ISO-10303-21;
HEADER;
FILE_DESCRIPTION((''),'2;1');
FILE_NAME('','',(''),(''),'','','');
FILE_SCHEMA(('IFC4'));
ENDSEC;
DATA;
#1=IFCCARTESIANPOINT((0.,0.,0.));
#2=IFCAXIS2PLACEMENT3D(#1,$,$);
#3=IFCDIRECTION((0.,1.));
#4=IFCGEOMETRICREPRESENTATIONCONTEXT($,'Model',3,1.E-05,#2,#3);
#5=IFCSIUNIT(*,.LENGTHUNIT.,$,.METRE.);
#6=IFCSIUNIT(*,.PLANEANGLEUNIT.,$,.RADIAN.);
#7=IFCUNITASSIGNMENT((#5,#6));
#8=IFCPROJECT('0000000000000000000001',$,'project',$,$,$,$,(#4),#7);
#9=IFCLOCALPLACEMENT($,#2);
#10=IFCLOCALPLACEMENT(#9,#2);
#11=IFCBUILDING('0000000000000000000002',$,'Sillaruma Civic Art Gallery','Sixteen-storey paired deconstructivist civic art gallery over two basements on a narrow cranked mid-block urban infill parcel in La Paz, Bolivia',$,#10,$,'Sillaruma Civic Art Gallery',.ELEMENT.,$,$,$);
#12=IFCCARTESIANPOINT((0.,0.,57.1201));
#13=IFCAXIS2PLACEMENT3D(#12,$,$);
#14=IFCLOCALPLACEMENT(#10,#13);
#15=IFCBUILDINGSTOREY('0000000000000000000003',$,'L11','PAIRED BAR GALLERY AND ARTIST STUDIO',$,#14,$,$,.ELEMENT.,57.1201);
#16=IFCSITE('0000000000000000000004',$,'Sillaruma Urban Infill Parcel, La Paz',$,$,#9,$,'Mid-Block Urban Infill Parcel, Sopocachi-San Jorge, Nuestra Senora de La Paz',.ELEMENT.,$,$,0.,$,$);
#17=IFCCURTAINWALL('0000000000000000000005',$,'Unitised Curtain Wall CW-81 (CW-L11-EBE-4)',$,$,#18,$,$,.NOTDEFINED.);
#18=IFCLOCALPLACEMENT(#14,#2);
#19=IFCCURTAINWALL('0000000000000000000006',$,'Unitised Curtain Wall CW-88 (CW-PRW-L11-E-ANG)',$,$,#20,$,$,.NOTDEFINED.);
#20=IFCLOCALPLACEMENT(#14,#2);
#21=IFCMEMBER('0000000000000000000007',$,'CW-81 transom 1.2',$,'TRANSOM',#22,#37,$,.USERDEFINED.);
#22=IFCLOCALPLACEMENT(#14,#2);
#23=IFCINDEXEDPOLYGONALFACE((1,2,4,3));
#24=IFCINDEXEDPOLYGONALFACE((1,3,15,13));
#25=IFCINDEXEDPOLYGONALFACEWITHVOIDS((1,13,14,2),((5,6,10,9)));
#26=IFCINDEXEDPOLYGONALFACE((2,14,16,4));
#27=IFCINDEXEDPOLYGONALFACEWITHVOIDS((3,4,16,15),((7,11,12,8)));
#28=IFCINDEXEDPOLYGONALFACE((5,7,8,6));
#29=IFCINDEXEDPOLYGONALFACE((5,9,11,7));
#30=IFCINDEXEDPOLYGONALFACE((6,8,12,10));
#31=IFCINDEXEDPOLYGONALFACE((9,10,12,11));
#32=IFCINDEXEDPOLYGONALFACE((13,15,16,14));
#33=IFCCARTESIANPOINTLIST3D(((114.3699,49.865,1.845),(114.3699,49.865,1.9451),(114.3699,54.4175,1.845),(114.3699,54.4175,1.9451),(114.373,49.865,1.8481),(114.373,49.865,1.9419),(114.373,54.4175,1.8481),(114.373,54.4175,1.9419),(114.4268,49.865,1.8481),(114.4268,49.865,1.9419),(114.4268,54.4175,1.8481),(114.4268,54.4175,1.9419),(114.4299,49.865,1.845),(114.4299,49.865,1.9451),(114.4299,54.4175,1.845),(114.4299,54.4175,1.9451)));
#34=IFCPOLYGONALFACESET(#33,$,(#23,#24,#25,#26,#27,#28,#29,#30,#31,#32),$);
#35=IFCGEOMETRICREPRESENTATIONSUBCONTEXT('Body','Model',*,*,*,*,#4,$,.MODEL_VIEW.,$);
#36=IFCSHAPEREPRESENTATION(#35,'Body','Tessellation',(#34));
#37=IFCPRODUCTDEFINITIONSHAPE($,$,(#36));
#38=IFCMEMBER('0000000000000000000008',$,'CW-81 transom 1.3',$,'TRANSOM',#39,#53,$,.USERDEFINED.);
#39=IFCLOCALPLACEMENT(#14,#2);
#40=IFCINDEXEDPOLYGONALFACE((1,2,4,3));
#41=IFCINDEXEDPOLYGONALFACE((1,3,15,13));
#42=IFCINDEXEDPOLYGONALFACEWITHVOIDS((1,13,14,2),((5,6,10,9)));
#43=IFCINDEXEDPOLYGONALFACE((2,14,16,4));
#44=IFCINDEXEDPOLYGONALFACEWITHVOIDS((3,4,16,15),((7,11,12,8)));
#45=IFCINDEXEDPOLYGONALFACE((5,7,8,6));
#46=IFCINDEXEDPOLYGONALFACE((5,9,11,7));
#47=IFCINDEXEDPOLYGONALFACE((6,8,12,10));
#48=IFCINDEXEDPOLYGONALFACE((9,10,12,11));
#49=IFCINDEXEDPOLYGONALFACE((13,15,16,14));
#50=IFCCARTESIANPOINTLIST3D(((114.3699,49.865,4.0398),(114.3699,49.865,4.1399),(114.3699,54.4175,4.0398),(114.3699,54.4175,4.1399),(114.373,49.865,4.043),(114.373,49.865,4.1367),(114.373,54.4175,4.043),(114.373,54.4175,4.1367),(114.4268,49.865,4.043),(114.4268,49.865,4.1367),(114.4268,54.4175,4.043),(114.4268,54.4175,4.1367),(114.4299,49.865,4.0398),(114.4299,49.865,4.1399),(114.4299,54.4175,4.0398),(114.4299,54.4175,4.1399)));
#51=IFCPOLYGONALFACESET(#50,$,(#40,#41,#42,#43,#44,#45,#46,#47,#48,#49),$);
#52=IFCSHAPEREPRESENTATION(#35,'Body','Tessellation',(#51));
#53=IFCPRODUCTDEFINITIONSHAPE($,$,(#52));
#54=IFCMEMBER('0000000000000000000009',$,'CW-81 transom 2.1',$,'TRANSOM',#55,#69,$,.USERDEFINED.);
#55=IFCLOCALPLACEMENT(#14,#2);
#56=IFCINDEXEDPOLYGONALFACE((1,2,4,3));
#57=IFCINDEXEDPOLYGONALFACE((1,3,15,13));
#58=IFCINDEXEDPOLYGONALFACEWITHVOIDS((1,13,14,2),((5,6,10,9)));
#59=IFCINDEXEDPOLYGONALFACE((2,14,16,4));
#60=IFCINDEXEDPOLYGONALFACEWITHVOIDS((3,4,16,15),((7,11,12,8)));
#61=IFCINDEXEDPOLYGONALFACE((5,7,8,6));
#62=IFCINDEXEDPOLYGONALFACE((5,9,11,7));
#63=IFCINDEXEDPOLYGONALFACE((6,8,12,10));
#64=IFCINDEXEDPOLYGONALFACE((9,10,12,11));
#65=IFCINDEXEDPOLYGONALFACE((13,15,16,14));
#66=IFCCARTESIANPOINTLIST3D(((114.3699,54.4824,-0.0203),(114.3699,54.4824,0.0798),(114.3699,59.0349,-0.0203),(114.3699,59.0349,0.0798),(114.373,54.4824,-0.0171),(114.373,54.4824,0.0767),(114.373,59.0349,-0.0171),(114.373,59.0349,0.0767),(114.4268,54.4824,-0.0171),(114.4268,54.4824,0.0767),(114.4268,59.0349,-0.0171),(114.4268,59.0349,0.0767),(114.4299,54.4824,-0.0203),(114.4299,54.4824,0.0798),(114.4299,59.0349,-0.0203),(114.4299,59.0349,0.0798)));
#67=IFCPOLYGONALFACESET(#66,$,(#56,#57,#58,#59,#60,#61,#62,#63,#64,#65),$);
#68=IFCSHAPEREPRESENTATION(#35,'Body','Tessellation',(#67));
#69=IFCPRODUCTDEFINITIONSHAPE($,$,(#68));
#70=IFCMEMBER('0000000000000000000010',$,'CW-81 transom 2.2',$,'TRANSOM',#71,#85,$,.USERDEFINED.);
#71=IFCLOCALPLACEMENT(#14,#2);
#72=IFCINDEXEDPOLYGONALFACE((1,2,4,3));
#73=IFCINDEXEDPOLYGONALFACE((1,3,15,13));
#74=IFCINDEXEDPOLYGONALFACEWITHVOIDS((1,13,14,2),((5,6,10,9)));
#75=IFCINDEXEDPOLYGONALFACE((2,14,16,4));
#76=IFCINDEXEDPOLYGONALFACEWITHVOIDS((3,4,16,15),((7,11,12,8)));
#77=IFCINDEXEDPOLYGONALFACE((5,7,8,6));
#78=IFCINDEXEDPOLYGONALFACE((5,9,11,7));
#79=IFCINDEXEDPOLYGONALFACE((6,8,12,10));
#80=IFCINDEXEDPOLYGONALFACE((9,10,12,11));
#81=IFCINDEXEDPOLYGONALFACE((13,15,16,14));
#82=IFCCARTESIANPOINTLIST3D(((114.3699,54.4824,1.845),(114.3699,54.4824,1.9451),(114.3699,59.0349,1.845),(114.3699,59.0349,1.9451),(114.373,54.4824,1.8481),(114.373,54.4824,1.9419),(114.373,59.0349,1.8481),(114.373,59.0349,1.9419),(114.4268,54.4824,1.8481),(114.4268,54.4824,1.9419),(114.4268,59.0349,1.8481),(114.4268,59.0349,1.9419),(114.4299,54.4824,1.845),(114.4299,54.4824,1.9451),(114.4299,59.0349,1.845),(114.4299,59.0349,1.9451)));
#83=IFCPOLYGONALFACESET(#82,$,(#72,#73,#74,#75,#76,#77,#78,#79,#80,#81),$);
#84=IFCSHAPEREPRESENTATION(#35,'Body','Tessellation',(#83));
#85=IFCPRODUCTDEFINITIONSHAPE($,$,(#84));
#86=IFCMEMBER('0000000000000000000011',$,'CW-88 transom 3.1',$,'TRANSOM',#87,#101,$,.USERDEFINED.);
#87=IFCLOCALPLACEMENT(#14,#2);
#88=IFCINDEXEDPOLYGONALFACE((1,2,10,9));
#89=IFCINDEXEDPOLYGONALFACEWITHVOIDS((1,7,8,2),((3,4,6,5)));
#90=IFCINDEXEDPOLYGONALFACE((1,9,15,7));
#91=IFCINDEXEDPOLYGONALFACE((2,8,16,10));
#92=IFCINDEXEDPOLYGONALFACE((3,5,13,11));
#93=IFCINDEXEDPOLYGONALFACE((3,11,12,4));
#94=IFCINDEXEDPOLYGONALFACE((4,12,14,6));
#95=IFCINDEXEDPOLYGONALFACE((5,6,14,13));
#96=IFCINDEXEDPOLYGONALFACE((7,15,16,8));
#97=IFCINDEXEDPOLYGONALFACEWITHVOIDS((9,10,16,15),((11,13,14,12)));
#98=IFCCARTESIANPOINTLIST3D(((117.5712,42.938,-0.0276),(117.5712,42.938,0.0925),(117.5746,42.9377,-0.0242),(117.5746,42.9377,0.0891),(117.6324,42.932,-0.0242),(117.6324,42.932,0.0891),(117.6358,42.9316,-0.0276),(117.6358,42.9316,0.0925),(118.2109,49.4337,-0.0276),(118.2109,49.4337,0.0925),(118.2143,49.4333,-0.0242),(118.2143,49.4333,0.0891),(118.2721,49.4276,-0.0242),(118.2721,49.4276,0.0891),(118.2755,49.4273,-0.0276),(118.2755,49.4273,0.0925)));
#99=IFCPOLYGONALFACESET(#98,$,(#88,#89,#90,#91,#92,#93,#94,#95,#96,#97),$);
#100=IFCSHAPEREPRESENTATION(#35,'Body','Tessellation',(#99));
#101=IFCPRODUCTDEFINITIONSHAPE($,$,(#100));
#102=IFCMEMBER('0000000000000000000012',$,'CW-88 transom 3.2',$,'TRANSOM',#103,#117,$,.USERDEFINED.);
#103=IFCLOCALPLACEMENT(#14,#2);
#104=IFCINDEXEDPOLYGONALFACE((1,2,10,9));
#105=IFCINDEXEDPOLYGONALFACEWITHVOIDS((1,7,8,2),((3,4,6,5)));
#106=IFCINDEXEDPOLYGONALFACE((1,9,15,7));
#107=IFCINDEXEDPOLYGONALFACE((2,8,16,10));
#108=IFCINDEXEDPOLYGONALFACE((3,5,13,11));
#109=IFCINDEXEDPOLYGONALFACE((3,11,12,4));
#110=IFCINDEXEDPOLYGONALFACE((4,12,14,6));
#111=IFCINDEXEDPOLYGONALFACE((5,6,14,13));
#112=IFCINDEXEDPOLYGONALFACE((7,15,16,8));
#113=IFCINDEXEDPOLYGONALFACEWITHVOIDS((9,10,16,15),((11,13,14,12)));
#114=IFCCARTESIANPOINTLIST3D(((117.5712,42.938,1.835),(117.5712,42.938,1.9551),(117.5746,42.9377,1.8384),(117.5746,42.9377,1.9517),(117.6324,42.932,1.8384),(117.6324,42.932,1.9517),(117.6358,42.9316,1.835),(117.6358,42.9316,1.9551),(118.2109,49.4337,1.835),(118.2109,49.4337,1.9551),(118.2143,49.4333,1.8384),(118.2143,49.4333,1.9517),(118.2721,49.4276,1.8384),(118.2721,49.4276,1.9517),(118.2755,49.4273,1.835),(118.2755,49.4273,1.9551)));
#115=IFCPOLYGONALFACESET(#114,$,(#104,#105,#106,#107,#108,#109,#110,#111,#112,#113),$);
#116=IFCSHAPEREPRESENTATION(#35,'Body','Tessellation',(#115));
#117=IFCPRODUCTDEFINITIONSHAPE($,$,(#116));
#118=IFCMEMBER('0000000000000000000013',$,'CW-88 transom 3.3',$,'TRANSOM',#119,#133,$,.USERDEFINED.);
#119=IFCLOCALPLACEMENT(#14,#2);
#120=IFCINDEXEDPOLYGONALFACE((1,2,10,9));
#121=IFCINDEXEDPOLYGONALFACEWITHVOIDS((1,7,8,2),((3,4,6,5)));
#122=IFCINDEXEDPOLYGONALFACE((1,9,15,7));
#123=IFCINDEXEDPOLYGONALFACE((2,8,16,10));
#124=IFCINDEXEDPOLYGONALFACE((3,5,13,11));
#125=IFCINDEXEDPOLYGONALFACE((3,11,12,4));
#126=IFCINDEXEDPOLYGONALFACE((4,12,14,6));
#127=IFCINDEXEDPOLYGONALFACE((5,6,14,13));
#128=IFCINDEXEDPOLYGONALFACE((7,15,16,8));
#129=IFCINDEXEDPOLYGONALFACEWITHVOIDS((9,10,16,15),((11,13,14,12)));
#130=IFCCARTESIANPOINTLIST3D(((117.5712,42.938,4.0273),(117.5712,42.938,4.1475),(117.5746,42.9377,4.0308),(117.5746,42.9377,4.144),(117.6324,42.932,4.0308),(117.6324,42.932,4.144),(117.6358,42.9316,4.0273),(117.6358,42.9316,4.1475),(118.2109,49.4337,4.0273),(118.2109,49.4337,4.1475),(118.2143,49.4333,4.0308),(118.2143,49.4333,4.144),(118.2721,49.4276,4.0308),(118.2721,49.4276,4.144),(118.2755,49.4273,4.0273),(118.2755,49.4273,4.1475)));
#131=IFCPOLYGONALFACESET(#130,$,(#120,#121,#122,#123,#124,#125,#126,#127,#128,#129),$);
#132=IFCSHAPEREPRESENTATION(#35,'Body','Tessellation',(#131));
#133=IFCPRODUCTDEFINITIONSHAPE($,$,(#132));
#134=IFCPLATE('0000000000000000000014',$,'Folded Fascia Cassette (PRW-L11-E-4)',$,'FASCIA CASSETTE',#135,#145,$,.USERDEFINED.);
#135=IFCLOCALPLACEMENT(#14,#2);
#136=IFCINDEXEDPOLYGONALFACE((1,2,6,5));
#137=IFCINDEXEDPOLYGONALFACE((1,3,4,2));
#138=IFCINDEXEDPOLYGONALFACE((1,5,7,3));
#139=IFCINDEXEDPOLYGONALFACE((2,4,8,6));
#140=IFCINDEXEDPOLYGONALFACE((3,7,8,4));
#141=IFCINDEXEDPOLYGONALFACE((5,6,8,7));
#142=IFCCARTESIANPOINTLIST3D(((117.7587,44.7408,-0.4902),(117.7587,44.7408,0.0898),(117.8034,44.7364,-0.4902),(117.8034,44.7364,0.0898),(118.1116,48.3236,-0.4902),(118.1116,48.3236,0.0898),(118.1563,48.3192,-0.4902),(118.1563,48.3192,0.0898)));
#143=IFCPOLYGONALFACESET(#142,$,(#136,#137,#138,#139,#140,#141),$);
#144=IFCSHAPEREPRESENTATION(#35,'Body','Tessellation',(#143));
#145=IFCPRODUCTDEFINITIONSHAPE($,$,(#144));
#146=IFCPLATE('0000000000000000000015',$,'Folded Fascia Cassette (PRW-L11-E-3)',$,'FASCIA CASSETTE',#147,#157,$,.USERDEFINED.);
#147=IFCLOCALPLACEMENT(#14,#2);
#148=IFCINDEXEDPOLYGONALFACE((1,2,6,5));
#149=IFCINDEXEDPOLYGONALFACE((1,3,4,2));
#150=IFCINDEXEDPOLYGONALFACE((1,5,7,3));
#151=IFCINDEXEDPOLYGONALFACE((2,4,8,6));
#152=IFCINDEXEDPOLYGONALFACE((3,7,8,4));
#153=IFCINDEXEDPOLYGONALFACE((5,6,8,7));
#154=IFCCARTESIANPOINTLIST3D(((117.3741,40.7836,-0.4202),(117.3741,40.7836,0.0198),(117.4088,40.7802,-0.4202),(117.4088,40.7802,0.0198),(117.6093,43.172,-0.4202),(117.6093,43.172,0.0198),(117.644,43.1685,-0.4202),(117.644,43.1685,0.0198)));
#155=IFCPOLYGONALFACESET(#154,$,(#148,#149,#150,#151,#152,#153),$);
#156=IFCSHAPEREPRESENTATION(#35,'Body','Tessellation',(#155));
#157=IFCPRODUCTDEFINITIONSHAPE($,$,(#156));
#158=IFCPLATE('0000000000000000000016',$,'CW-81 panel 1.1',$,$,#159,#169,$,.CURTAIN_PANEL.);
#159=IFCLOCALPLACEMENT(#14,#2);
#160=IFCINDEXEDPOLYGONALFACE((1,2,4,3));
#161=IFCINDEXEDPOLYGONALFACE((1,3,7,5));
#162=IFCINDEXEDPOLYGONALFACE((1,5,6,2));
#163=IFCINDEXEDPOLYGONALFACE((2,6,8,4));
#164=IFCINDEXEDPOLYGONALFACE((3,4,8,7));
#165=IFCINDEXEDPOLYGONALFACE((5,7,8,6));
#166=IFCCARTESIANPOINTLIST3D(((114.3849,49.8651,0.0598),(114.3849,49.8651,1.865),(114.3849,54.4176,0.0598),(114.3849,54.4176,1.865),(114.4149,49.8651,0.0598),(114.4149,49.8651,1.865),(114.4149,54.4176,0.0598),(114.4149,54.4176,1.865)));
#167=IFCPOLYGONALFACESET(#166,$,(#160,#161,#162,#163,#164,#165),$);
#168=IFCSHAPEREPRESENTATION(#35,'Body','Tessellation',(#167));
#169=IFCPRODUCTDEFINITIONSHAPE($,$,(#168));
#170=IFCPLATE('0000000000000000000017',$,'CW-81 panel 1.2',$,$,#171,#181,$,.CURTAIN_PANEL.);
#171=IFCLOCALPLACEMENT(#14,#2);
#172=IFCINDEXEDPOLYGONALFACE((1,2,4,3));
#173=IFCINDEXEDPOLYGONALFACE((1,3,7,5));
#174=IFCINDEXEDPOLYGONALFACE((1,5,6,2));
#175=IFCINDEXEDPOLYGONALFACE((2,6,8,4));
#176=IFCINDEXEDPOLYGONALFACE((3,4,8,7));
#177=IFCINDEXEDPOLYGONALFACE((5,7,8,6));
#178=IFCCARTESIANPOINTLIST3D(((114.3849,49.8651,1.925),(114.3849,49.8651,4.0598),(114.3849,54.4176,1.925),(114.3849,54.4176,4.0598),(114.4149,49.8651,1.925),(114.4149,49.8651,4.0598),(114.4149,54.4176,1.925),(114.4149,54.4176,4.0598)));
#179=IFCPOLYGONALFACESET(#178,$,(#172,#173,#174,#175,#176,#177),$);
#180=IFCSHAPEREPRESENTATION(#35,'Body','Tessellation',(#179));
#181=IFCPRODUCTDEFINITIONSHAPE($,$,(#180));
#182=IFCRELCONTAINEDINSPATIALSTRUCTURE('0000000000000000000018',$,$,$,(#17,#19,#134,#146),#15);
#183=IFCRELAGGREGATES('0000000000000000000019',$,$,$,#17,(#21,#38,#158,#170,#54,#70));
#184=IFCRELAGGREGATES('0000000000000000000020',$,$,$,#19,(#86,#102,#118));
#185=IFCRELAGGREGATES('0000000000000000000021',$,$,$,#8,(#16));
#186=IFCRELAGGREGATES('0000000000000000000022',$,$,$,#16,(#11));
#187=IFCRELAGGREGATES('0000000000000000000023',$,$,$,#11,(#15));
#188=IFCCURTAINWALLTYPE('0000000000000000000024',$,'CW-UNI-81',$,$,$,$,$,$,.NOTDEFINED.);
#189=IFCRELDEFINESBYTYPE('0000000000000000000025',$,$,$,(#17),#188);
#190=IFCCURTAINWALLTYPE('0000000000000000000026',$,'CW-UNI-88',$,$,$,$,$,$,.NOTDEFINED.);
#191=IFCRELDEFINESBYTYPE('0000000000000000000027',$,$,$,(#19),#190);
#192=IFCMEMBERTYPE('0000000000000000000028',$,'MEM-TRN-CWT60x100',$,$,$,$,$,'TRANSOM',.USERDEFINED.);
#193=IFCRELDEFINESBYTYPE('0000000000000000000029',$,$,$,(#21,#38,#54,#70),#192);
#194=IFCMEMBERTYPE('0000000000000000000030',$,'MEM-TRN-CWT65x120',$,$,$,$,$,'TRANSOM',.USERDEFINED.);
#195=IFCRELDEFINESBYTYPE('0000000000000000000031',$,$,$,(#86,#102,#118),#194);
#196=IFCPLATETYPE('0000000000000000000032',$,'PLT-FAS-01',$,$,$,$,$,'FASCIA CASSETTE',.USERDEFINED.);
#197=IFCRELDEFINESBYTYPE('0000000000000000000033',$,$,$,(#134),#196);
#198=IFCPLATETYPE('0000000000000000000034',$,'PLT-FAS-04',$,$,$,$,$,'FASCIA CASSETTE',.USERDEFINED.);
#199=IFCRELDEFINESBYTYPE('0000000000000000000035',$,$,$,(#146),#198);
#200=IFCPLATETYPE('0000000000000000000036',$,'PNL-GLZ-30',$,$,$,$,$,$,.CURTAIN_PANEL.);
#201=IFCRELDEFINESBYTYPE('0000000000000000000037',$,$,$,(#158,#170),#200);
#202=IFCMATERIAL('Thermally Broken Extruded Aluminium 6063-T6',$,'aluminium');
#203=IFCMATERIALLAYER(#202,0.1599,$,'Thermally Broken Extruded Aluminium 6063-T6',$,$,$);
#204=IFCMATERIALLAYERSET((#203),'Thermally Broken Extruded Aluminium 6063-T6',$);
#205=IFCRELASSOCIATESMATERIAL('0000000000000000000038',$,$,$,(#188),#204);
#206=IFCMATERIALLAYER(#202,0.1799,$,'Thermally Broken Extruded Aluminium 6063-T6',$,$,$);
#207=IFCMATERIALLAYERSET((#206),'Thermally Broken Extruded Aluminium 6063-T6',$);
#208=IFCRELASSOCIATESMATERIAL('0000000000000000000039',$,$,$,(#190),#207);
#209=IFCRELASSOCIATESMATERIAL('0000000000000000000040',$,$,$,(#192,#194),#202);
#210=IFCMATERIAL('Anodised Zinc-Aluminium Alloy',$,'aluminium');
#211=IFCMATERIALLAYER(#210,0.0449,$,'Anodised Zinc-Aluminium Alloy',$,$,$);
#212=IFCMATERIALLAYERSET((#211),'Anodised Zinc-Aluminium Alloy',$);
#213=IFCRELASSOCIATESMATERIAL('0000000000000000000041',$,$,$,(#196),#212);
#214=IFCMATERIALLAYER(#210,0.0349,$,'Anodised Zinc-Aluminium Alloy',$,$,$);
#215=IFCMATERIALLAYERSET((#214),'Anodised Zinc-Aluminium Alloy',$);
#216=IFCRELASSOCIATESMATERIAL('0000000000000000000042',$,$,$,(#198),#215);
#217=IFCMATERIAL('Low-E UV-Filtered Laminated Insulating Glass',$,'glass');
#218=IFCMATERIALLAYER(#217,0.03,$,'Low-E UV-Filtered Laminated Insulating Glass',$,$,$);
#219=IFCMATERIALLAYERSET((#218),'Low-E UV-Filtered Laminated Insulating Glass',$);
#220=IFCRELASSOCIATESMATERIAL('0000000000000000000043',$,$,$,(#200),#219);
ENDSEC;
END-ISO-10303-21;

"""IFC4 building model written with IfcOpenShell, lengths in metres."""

from ifc_helpers import new_model, si_unit, direction, frame, origin, origin_2d, place, context, subcontext, project, spatial, rectangle, hollow_rectangle, extrude, material, layer, layer_set, material_profile, profile_set, type_object, element, aggregate, save


model = new_model("IFC4")

# Units and contexts
model_context = context("Model", 3, precision=1e-05, world=origin(), true_north=direction((0.0, 1.0)))
body_context = subcontext(model_context, "Body", "Model", "MODEL_VIEW")
ifc_project = project(units=[si_unit("LENGTHUNIT", "METRE"), si_unit("PLANEANGLEUNIT", "RADIAN")], contexts=[model_context])

# Site, building, storey
site_placement = place(None, origin())
site = spatial("IfcSite", under=ifc_project, at=site_placement, Name="Sillaruma Urban Infill Parcel, La Paz", LongName="Mid-Block Urban Infill Parcel, Sopocachi-San Jorge, Nuestra Senora de La Paz", CompositionType="ELEMENT", RefElevation=0.0)
building_placement = place(site_placement, origin())
building = spatial("IfcBuilding", under=site, at=building_placement, Name="Sillaruma Civic Art Gallery", Description="Sixteen-storey paired deconstructivist civic art gallery over two basements on a narrow cranked mid-block urban infill parcel in La Paz, Bolivia", LongName="Sillaruma Civic Art Gallery", CompositionType="ELEMENT")
storey_placement = place(building_placement, frame((0.0, 0.0, 57.1201)))
storey = spatial("IfcBuildingStorey", under=building, at=storey_placement, Name="L11", Description="PAIRED BAR GALLERY AND ARTIST STUDIO", CompositionType="ELEMENT", Elevation=57.1201)

# Curtain walls
ifc_material_1 = material(Name="Thermally Broken Extruded Aluminium 6063-T6", Category="aluminium")
ifc_layer_1 = layer(ifc_material_1, 0.1599, Name="Thermally Broken Extruded Aluminium 6063-T6")
ifc_layer_set_1 = layer_set([ifc_layer_1], Name="Thermally Broken Extruded Aluminium 6063-T6")
curtain_wall_type_1 = type_object("IfcCurtainWallType", Name="CW-UNI-81", PredefinedType="NOTDEFINED", material=ifc_layer_set_1)
curtain_wall_1_placement = place(storey_placement, origin())
curtain_wall_1 = element("IfcCurtainWall", 1, at=curtain_wall_1_placement, inside=storey, type_object=curtain_wall_type_1, Name="Unitised Curtain Wall CW-81 (CW-L11-EBE-4)", PredefinedType="NOTDEFINED")
ifc_layer_2 = layer(ifc_material_1, 0.1799, Name="Thermally Broken Extruded Aluminium 6063-T6")
ifc_layer_set_2 = layer_set([ifc_layer_2], Name="Thermally Broken Extruded Aluminium 6063-T6")
curtain_wall_type_2 = type_object("IfcCurtainWallType", Name="CW-UNI-88", PredefinedType="NOTDEFINED", material=ifc_layer_set_2)
curtain_wall_2_placement = place(storey_placement, origin())
curtain_wall_2 = element("IfcCurtainWall", 2, at=curtain_wall_2_placement, inside=storey, type_object=curtain_wall_type_2, Name="Unitised Curtain Wall CW-88 (CW-PRW-L11-E-ANG)", PredefinedType="NOTDEFINED")

# Members
ifc_material_profile_1 = material_profile(ifc_material_1, hollow_rectangle(XDim=0.0601, YDim=0.1001, WallThickness=0.0032, at=origin_2d()), Name="CWT60x100")
ifc_profile_set_1 = profile_set([ifc_material_profile_1], Name="Thermally Broken Extruded Aluminium 6063-T6")
member_type_1 = type_object("IfcMemberType", Name="MEM-TRN-CWT60x100", ElementType="TRANSOM", PredefinedType="USERDEFINED", material=ifc_profile_set_1)
member_1_placement = place(storey_placement, frame((114.3999, 49.865, 1.895), z_axis=(0.0, 1.0, 0.0), x_axis=(-1.0, 0.0, 0.0)))
member_1 = element("IfcMember", 3, at=member_1_placement, type_object=member_type_1, Name="CW-81 transom 1.2", ObjectType="TRANSOM", PredefinedType="USERDEFINED", context=body_context, shape_type="SweptSolid", body=[
    extrude(hollow_rectangle(XDim=0.0601, YDim=0.1001, WallThickness=0.0032, at=origin_2d()), origin(), (0.0, 0.0, 1.0), 4.5525),
])
member_2_placement = place(storey_placement, frame((114.3999, 49.865, 4.0898), z_axis=(0.0, 1.0, 0.0), x_axis=(-1.0, 0.0, 0.0)))
member_2 = element("IfcMember", 4, at=member_2_placement, type_object=member_type_1, Name="CW-81 transom 1.3", ObjectType="TRANSOM", PredefinedType="USERDEFINED", context=body_context, shape_type="SweptSolid", body=[
    extrude(hollow_rectangle(XDim=0.0601, YDim=0.1001, WallThickness=0.0032, at=origin_2d()), origin(), (0.0, 0.0, 1.0), 4.5525),
])
member_3_placement = place(storey_placement, frame((114.3999, 54.4824, 0.0298), z_axis=(0.0, 1.0, 0.0), x_axis=(-1.0, 0.0, 0.0)))
member_3 = element("IfcMember", 5, at=member_3_placement, type_object=member_type_1, Name="CW-81 transom 2.1", ObjectType="TRANSOM", PredefinedType="USERDEFINED", context=body_context, shape_type="SweptSolid", body=[
    extrude(hollow_rectangle(XDim=0.0601, YDim=0.1001, WallThickness=0.0032, at=origin_2d()), origin(), (0.0, 0.0, 1.0), 4.5525),
])
member_4_placement = place(storey_placement, frame((114.3999, 54.4824, 1.895), z_axis=(0.0, 1.0, 0.0), x_axis=(-1.0, 0.0, 0.0)))
member_4 = element("IfcMember", 6, at=member_4_placement, type_object=member_type_1, Name="CW-81 transom 2.2", ObjectType="TRANSOM", PredefinedType="USERDEFINED", context=body_context, shape_type="SweptSolid", body=[
    extrude(hollow_rectangle(XDim=0.0601, YDim=0.1001, WallThickness=0.0032, at=origin_2d()), origin(), (0.0, 0.0, 1.0), 4.5525),
])
ifc_material_profile_2 = material_profile(ifc_material_1, hollow_rectangle(XDim=0.0649, YDim=0.1201, WallThickness=0.0034, at=origin_2d()), Name="CWT65x120")
ifc_profile_set_2 = profile_set([ifc_material_profile_2], Name="Thermally Broken Extruded Aluminium 6063-T6")
member_type_2 = type_object("IfcMemberType", Name="MEM-TRN-CWT65x120", ElementType="TRANSOM", PredefinedType="USERDEFINED", material=ifc_profile_set_2)
member_5_placement = place(storey_placement, frame((117.6035, 42.9348, 0.0325), z_axis=(0.098, 0.995186, 0.0), x_axis=(-0.995186, 0.098, 0.0)))
member_5 = element("IfcMember", 7, at=member_5_placement, type_object=member_type_2, Name="CW-88 transom 3.1", ObjectType="TRANSOM", PredefinedType="USERDEFINED", context=body_context, shape_type="SweptSolid", body=[
    extrude(hollow_rectangle(XDim=0.0649, YDim=0.1201, WallThickness=0.0034, at=origin_2d()), origin(), (0.0, 0.0, 1.0), 6.5271),
])
member_6_placement = place(storey_placement, frame((117.6035, 42.9348, 1.895), z_axis=(0.098, 0.995186, 0.0), x_axis=(-0.995186, 0.098, 0.0)))
member_6 = element("IfcMember", 8, at=member_6_placement, type_object=member_type_2, Name="CW-88 transom 3.2", ObjectType="TRANSOM", PredefinedType="USERDEFINED", context=body_context, shape_type="SweptSolid", body=[
    extrude(hollow_rectangle(XDim=0.0649, YDim=0.1201, WallThickness=0.0034, at=origin_2d()), origin(), (0.0, 0.0, 1.0), 6.5271),
])
member_7_placement = place(storey_placement, frame((117.6035, 42.9348, 4.0874), z_axis=(0.098, 0.995186, 0.0), x_axis=(-0.995186, 0.098, 0.0)))
member_7 = element("IfcMember", 9, at=member_7_placement, type_object=member_type_2, Name="CW-88 transom 3.3", ObjectType="TRANSOM", PredefinedType="USERDEFINED", context=body_context, shape_type="SweptSolid", body=[
    extrude(hollow_rectangle(XDim=0.0649, YDim=0.1201, WallThickness=0.0034, at=origin_2d()), origin(), (0.0, 0.0, 1.0), 6.5271),
])

# Plates
ifc_material_2 = material(Name="Anodised Zinc-Aluminium Alloy", Category="aluminium")
ifc_layer_3 = layer(ifc_material_2, 0.0449, Name="Anodised Zinc-Aluminium Alloy")
ifc_layer_set_3 = layer_set([ifc_layer_3], Name="Anodised Zinc-Aluminium Alloy")
plate_type_1 = type_object("IfcPlateType", Name="PLT-FAS-01", ElementType="FASCIA CASSETTE", PredefinedType="USERDEFINED", material=ifc_layer_set_3)
plate_1_placement = place(storey_placement, frame((117.9575, 46.53, -0.4902), z_axis=(0.0, 0.0, 1.0), x_axis=(0.098011, 0.995185, 0.0)))
element("IfcPlate", 10, at=plate_1_placement, inside=storey, type_object=plate_type_1, Name="Folded Fascia Cassette (PRW-L11-E-4)", ObjectType="FASCIA CASSETTE", PredefinedType="USERDEFINED", context=body_context, shape_type="SweptSolid", body=[
    extrude(rectangle(XDim=3.6001, YDim=0.0449, at=origin_2d()), origin(), (0.0, 0.0, 1.0), 0.5801),
])
ifc_layer_4 = layer(ifc_material_2, 0.0349, Name="Anodised Zinc-Aluminium Alloy")
ifc_layer_set_4 = layer_set([ifc_layer_4], Name="Anodised Zinc-Aluminium Alloy")
plate_type_2 = type_object("IfcPlateType", Name="PLT-FAS-04", ElementType="FASCIA CASSETTE", PredefinedType="USERDEFINED", material=ifc_layer_set_4)
plate_2_placement = place(storey_placement, frame((117.509, 41.9761, -0.4202), z_axis=(0.0, 0.0, 1.0), x_axis=(0.098011, 0.995185, 0.0)))
element("IfcPlate", 11, at=plate_2_placement, inside=storey, type_object=plate_type_2, Name="Folded Fascia Cassette (PRW-L11-E-3)", ObjectType="FASCIA CASSETTE", PredefinedType="USERDEFINED", context=body_context, shape_type="SweptSolid", body=[
    extrude(rectangle(XDim=2.3999, YDim=0.0349, at=origin_2d()), origin(), (0.0, 0.0, 1.0), 0.4399),
])

# Plates
ifc_material_3 = material(Name="Low-E UV-Filtered Laminated Insulating Glass", Category="glass")
ifc_layer_5 = layer(ifc_material_3, 0.03, Name="Low-E UV-Filtered Laminated Insulating Glass")
ifc_layer_set_5 = layer_set([ifc_layer_5], Name="Low-E UV-Filtered Laminated Insulating Glass")
plate_type_3 = type_object("IfcPlateType", Name="PNL-GLZ-30", PredefinedType="CURTAIN_PANEL", material=ifc_layer_set_5)
plate_3_placement = place(storey_placement, frame((114.3999, 52.1414, 0.0598), z_axis=(0.0, 0.0, 1.0), x_axis=(0.0, 1.0, 0.0)))
plate_3 = element("IfcPlate", 12, at=plate_3_placement, type_object=plate_type_3, Name="CW-81 panel 1.1", PredefinedType="CURTAIN_PANEL", context=body_context, shape_type="SweptSolid", body=[
    extrude(rectangle(XDim=4.5525, YDim=0.03, at=origin_2d()), origin(), (0.0, 0.0, 1.0), 1.8052),
])
plate_4_placement = place(storey_placement, frame((114.3999, 52.1414, 1.925), z_axis=(0.0, 0.0, 1.0), x_axis=(0.0, 1.0, 0.0)))
plate_4 = element("IfcPlate", 13, at=plate_4_placement, type_object=plate_type_3, Name="CW-81 panel 1.2", PredefinedType="CURTAIN_PANEL", context=body_context, shape_type="SweptSolid", body=[
    extrude(rectangle(XDim=4.5525, YDim=0.03, at=origin_2d()), origin(), (0.0, 0.0, 1.0), 2.1348),
])
aggregate(curtain_wall_1, [member_1, member_2, plate_3, plate_4, member_3, member_4])
aggregate(curtain_wall_2, [member_5, member_6, member_7])

save(model, "model.ifc")
